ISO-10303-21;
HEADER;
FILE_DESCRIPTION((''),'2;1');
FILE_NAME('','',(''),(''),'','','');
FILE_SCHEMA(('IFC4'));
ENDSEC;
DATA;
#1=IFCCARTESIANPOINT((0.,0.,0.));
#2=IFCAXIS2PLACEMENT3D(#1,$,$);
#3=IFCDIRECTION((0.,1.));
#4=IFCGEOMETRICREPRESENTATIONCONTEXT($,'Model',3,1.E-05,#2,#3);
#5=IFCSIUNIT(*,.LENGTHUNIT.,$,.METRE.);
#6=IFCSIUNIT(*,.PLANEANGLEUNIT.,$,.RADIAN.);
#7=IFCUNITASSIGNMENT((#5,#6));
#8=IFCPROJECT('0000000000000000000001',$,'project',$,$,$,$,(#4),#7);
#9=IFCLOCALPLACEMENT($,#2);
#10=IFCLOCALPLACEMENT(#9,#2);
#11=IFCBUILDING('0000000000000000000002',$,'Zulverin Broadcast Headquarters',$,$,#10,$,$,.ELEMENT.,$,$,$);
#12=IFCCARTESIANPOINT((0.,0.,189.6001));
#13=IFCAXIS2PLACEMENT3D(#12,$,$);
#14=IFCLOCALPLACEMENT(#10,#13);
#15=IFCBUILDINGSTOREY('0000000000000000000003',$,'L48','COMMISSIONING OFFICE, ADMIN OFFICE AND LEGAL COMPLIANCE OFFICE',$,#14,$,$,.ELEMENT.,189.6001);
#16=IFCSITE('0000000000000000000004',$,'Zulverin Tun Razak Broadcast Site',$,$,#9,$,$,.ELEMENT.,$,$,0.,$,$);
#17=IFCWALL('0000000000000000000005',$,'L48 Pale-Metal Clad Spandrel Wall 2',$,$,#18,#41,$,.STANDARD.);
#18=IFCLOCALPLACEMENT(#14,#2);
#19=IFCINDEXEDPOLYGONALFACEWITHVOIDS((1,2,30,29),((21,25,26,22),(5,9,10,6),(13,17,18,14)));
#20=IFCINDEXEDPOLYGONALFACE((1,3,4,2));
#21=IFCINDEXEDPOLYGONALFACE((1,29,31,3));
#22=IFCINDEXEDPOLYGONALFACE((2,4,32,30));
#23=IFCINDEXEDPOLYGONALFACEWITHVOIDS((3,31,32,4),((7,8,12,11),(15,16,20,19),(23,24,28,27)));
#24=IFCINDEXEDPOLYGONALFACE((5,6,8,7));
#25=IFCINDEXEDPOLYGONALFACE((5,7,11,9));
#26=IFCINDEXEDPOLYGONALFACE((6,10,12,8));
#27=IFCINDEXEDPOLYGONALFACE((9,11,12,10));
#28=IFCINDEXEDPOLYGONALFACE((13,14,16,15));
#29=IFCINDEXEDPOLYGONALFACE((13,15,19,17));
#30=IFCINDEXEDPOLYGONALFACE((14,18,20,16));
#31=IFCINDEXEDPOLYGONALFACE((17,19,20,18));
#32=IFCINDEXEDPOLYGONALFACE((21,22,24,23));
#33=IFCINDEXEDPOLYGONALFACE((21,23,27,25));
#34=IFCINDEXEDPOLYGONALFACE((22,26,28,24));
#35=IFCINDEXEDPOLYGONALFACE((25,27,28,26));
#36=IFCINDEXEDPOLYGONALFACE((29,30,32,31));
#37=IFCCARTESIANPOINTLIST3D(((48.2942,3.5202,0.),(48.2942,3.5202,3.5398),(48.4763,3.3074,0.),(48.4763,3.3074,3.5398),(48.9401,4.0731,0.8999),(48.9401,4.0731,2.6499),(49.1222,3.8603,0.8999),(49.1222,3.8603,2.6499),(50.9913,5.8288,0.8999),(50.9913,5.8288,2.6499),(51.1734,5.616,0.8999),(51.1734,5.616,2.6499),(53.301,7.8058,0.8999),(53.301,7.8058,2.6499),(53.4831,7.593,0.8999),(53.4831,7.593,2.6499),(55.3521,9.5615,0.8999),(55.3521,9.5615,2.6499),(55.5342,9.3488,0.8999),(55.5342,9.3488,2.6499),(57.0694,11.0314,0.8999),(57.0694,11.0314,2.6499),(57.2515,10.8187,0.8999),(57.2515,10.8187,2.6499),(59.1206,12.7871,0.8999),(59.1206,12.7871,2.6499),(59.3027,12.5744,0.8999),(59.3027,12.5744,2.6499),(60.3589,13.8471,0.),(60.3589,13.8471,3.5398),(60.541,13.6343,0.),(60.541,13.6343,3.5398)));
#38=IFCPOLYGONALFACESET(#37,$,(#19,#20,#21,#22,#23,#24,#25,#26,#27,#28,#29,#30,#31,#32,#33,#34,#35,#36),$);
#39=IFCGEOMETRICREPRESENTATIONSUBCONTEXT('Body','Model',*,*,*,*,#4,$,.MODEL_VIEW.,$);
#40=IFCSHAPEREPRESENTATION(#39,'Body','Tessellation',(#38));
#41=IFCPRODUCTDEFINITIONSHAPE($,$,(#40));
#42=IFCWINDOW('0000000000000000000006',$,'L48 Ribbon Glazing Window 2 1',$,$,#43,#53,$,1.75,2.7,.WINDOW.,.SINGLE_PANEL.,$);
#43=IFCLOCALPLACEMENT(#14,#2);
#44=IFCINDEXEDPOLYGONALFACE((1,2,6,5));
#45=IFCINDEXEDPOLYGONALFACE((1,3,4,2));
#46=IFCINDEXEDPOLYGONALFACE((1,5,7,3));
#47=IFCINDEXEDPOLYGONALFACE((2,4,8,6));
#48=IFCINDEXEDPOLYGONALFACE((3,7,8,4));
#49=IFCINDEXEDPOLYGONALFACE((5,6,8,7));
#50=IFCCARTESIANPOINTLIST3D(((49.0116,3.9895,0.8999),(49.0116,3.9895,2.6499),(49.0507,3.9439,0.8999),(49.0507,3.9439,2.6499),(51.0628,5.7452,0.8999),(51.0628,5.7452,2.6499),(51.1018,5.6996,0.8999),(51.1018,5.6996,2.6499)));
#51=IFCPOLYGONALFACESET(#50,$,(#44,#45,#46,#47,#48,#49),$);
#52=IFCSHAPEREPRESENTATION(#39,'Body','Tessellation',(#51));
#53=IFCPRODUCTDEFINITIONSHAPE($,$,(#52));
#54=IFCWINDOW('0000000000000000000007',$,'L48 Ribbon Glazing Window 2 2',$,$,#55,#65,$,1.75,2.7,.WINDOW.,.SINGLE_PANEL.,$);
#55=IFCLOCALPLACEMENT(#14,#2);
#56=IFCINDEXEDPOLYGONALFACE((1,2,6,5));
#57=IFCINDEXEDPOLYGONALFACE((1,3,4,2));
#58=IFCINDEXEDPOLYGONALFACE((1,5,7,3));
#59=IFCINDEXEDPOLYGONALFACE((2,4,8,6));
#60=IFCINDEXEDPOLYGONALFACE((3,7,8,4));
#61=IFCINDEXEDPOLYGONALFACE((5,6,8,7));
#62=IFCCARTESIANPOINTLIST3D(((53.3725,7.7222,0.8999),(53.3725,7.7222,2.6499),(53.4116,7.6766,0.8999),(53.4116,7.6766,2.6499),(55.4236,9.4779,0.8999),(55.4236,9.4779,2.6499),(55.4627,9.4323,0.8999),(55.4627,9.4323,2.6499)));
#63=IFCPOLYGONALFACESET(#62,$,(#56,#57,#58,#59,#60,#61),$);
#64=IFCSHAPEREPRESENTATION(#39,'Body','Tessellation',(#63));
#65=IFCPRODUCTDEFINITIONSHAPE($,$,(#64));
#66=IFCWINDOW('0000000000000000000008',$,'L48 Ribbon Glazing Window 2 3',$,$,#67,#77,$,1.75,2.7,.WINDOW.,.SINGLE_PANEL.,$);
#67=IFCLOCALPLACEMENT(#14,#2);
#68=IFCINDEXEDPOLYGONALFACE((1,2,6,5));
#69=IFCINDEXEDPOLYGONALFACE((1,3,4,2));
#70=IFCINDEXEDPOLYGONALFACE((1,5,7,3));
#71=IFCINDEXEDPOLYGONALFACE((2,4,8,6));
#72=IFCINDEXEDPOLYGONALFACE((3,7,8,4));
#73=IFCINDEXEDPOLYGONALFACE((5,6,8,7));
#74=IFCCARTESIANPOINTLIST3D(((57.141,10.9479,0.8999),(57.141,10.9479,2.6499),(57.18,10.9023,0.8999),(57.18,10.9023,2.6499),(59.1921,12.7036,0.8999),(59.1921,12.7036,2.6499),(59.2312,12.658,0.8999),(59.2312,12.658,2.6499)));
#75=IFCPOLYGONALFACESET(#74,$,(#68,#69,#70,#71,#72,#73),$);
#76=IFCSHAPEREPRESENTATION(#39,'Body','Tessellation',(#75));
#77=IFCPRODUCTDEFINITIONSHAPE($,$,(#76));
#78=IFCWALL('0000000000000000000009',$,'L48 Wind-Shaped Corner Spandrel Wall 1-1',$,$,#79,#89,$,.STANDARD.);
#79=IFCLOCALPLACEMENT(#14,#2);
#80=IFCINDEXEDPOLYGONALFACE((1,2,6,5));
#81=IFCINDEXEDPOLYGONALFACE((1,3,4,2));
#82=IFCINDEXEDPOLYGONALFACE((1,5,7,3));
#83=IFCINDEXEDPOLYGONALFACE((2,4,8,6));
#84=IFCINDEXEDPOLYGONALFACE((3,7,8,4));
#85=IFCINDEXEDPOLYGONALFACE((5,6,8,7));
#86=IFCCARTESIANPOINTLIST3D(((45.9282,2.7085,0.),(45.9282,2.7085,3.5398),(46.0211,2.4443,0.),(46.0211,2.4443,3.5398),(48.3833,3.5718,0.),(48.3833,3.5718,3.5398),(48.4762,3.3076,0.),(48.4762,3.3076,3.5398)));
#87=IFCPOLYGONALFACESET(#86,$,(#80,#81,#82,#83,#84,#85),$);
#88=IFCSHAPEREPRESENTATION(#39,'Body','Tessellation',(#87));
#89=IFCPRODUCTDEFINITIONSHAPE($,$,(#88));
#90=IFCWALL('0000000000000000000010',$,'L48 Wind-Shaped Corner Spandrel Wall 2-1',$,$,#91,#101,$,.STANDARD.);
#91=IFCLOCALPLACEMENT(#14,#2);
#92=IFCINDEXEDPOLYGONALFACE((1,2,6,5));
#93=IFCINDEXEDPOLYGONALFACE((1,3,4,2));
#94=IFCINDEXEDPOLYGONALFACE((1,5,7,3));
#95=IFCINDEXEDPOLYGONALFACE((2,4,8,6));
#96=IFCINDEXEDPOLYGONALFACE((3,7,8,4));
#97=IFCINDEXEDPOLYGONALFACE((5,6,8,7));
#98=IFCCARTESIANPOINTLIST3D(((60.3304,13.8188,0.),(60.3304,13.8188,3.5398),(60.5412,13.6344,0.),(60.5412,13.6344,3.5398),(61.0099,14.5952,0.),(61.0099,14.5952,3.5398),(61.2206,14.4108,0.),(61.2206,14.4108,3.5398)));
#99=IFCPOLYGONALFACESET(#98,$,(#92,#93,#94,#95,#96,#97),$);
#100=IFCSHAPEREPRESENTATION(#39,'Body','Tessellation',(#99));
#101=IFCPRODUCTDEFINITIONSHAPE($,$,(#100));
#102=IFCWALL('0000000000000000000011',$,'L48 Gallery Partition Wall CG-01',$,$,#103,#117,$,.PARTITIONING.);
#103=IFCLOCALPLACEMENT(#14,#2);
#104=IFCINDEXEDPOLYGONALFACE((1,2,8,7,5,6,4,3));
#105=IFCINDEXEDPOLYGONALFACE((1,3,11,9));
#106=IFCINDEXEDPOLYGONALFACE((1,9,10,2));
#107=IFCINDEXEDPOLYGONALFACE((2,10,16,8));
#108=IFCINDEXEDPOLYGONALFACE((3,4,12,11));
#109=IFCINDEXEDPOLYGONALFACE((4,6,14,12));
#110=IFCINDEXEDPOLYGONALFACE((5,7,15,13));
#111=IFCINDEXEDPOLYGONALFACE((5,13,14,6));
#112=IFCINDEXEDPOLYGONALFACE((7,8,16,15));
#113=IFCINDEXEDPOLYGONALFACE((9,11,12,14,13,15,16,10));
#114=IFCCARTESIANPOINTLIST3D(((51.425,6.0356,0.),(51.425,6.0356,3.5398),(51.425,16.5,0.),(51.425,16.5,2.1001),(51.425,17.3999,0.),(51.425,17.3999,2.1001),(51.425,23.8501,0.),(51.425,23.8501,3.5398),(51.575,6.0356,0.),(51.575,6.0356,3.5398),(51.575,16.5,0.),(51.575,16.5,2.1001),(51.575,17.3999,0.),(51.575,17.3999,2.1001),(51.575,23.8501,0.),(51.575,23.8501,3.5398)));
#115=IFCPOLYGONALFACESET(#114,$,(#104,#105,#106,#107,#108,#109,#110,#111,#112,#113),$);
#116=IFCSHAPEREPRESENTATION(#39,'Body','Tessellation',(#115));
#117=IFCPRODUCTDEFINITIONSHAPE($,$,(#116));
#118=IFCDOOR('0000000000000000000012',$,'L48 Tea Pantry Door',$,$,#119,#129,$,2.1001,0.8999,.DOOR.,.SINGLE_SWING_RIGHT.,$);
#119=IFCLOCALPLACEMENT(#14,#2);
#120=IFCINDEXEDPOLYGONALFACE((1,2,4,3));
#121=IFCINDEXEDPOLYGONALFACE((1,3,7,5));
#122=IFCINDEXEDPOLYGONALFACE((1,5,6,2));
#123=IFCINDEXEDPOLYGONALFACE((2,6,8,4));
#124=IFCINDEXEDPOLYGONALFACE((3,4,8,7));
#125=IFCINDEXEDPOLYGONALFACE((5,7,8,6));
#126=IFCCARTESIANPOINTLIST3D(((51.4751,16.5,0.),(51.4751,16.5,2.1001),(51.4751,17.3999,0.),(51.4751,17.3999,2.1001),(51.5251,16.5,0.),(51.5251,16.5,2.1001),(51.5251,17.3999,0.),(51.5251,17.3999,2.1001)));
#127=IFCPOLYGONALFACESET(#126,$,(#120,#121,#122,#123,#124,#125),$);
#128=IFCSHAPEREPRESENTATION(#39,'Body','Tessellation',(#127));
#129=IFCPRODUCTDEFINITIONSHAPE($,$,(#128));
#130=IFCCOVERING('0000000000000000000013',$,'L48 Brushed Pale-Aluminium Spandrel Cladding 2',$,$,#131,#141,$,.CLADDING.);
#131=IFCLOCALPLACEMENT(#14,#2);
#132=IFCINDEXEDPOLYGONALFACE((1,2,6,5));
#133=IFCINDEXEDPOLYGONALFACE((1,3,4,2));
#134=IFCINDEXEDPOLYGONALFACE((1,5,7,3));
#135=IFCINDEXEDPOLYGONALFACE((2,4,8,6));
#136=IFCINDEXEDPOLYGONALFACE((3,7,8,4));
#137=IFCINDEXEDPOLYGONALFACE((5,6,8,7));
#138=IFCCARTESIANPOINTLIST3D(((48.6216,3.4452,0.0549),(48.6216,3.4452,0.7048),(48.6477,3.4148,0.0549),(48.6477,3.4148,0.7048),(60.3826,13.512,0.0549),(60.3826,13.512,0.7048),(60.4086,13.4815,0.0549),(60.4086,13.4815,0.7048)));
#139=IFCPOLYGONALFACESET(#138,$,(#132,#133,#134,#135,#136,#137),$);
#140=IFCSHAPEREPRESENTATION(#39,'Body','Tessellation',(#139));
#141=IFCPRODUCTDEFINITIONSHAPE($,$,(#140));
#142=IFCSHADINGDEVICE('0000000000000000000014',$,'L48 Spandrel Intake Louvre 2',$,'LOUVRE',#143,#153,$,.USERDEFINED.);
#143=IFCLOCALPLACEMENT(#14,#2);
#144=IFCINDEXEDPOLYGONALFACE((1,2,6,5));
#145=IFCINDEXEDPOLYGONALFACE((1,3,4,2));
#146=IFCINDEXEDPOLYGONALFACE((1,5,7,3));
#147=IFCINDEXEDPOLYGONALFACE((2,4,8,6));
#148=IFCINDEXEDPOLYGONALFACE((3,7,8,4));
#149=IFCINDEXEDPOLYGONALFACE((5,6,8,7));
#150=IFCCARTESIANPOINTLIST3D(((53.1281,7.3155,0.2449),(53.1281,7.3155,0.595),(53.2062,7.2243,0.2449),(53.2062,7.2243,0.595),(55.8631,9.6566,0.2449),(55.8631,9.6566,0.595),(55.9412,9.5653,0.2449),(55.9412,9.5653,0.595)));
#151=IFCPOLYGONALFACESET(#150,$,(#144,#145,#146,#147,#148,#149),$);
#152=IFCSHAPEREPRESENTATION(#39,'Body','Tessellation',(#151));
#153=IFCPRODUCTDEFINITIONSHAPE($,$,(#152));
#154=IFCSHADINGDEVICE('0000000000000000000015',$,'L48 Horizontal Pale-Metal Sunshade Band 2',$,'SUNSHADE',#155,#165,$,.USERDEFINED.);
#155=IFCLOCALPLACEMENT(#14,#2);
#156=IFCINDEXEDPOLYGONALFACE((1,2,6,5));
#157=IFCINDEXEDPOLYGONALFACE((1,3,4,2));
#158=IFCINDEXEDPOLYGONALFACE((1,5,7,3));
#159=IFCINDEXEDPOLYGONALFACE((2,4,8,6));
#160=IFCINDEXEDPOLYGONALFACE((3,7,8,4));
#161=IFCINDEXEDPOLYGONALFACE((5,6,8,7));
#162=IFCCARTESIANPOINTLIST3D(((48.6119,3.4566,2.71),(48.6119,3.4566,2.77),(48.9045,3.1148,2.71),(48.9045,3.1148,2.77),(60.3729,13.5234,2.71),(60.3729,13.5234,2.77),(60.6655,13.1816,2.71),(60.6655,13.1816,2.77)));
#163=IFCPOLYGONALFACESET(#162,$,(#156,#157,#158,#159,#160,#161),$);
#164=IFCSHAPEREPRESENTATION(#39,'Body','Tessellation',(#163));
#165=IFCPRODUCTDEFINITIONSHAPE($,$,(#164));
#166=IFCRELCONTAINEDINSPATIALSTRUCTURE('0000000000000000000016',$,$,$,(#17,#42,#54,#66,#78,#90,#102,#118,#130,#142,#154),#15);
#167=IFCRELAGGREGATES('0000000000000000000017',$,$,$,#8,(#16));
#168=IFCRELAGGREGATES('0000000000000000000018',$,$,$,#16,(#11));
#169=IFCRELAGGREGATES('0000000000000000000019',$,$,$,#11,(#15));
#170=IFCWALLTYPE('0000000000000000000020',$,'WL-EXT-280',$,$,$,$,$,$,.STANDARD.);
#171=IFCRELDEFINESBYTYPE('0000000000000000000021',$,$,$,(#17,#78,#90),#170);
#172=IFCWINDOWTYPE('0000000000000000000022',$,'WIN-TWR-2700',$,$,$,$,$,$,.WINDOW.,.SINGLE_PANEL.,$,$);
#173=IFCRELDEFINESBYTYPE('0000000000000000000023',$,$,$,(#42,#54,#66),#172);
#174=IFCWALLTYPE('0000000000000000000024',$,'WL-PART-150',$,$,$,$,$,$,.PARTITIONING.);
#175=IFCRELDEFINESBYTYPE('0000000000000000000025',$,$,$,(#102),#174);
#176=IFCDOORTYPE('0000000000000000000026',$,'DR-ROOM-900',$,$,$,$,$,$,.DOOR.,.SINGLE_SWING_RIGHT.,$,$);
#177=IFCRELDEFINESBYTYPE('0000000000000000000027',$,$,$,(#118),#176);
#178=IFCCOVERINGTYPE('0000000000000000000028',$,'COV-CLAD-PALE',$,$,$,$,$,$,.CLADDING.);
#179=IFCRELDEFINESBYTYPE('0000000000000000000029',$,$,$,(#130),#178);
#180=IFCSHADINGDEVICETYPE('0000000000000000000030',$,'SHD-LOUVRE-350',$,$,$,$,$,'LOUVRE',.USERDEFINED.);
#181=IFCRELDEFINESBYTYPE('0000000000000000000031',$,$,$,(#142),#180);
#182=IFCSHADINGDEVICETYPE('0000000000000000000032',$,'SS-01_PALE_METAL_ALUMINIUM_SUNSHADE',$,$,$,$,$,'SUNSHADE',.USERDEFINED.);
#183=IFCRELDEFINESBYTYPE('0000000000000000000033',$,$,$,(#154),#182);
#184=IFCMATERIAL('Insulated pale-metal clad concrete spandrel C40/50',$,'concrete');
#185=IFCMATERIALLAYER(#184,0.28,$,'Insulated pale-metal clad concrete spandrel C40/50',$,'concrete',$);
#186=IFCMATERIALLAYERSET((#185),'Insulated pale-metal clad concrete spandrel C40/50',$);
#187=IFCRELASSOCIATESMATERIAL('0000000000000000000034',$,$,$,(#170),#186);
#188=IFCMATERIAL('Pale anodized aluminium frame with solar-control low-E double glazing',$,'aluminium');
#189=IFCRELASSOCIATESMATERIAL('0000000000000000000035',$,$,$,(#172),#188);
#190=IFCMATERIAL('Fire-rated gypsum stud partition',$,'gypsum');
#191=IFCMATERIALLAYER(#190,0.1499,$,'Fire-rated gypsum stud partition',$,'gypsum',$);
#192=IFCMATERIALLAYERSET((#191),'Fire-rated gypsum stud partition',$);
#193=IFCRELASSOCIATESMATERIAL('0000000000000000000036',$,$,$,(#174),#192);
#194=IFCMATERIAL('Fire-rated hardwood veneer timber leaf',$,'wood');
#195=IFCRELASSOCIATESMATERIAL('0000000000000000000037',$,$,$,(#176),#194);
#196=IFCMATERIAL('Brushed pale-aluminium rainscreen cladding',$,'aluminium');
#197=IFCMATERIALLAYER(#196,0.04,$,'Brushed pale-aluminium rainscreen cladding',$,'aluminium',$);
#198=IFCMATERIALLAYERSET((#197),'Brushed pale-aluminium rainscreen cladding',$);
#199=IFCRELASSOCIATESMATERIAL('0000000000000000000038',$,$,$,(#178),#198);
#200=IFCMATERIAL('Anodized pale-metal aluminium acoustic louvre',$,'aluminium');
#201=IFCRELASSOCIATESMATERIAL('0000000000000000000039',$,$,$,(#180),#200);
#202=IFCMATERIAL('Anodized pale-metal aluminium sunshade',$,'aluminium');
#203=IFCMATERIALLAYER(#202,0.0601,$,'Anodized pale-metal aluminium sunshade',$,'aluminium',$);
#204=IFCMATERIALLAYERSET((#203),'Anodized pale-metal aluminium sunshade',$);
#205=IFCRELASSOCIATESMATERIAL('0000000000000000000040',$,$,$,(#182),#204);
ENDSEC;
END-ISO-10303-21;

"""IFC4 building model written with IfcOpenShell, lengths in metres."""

from ifc_helpers import new_model, si_unit, direction, frame, frame_2d, origin, origin_2d, place, context, subcontext, project, spatial, rectangle, extrude, material, layer, layer_set, type_object, element, fill, save


model = new_model("IFC4")

# Units and contexts
model_context = context("Model", 3, precision=1e-05, world=origin(), true_north=direction((0.0, 1.0)))
body_context = subcontext(model_context, "Body", "Model", "MODEL_VIEW")
ifc_project = project(units=[si_unit("LENGTHUNIT", "METRE"), si_unit("PLANEANGLEUNIT", "RADIAN")], contexts=[model_context])

# Site, building, storey
site_placement = place(None, origin())
site = spatial("IfcSite", under=ifc_project, at=site_placement, Name="Zulverin Tun Razak Broadcast Site", CompositionType="ELEMENT", RefElevation=0.0)
building_placement = place(site_placement, origin())
building = spatial("IfcBuilding", under=site, at=building_placement, Name="Zulverin Broadcast Headquarters", CompositionType="ELEMENT")
storey_placement = place(building_placement, frame((0.0, 0.0, 189.6001)))
storey = spatial("IfcBuildingStorey", under=building, at=storey_placement, Name="L48", Description="COMMISSIONING OFFICE, ADMIN OFFICE AND LEGAL COMPLIANCE OFFICE", CompositionType="ELEMENT", Elevation=189.6001)

# Wall, openings, windows
ifc_material_1 = material(Name="Insulated pale-metal clad concrete spandrel C40/50", Category="concrete")
ifc_layer_1 = layer(ifc_material_1, 0.28, Name="Insulated pale-metal clad concrete spandrel C40/50", Category="concrete")
ifc_layer_set_1 = layer_set([ifc_layer_1], Name="Insulated pale-metal clad concrete spandrel C40/50")
wall_type_1 = type_object("IfcWallType", Name="WL-EXT-280", PredefinedType="STANDARD", material=ifc_layer_set_1)
wall_1_placement = place(storey_placement, frame((48.3853, 3.4138, 0.0), z_axis=(0.0, 0.0, 1.0), x_axis=(0.7597, 0.650273, 0.0)))
wall_1 = element("IfcWall", 1, at=wall_1_placement, inside=storey, type_object=wall_type_1, Name="L48 Pale-Metal Clad Spandrel Wall 2", PredefinedType="STANDARD", context=body_context, shape_type="SweptSolid", body=[
    extrude(rectangle(XDim=15.8809, YDim=0.28, at=frame_2d((7.9404, 0.0))), origin(), (0.0, 0.0, 1.0), 3.5398),
])
opening_1_placement = place(wall_1_placement, frame((0.8501, 0.0, 0.8999)))
opening_1 = element("IfcOpeningElement", 2, at=opening_1_placement, cuts=wall_1, PredefinedType="OPENING", context=body_context, shape_type="SweptSolid", body=[
    extrude(rectangle(XDim=2.7, YDim=1.75, at=frame_2d((1.3501, 0.875))), frame((0.0, 0.1499, 0.0), z_axis=(0.0, -1.0, 0.0), x_axis=(1.0, 0.0, 0.0)), (0.0, 0.0, 1.0), 0.3),
])
opening_2_placement = place(wall_1_placement, frame((6.5903, 0.0, 0.8999)))
opening_2 = element("IfcOpeningElement", 3, at=opening_2_placement, cuts=wall_1, PredefinedType="OPENING", context=body_context, shape_type="SweptSolid", body=[
    extrude(rectangle(XDim=2.7, YDim=1.75, at=frame_2d((1.3501, 0.875))), frame((0.0, 0.1499, 0.0), z_axis=(0.0, -1.0, 0.0), x_axis=(1.0, 0.0, 0.0)), (0.0, 0.0, 1.0), 0.3),
])
opening_3_placement = place(wall_1_placement, frame((11.5508, 0.0, 0.8999)))
opening_3 = element("IfcOpeningElement", 4, at=opening_3_placement, cuts=wall_1, PredefinedType="OPENING", context=body_context, shape_type="SweptSolid", body=[
    extrude(rectangle(XDim=2.7, YDim=1.75, at=frame_2d((1.3501, 0.875))), frame((0.0, 0.1499, 0.0), z_axis=(0.0, -1.0, 0.0), x_axis=(1.0, 0.0, 0.0)), (0.0, 0.0, 1.0), 0.3),
])
ifc_material_2 = material(Name="Pale anodized aluminium frame with solar-control low-E double glazing", Category="aluminium")
window_type = type_object("IfcWindowType", Name="WIN-TWR-2700", PartitioningType="SINGLE_PANEL", PredefinedType="WINDOW", material=ifc_material_2)
window_1_placement = place(opening_1_placement, origin())
window_1 = element("IfcWindow", 5, at=window_1_placement, inside=storey, type_object=window_type, Name="L48 Ribbon Glazing Window 2 1", OverallHeight=1.75, OverallWidth=2.7, PartitioningType="SINGLE_PANEL", PredefinedType="WINDOW", context=body_context, shape_type="SweptSolid", body=[
    extrude(rectangle(XDim=2.7, YDim=1.75, at=frame_2d((1.3501, 0.875))), frame((0.0, 0.03, 0.0), z_axis=(0.0, -1.0, 0.0), x_axis=(1.0, 0.0, 0.0)), (0.0, 0.0, 1.0), 0.0601),
])
fill(opening_1, window_1)
window_2_placement = place(opening_2_placement, origin())
window_2 = element("IfcWindow", 6, at=window_2_placement, inside=storey, type_object=window_type, Name="L48 Ribbon Glazing Window 2 2", OverallHeight=1.75, OverallWidth=2.7, PartitioningType="SINGLE_PANEL", PredefinedType="WINDOW", context=body_context, shape_type="SweptSolid", body=[
    extrude(rectangle(XDim=2.7, YDim=1.75, at=frame_2d((1.3501, 0.875))), frame((0.0, 0.03, 0.0), z_axis=(0.0, -1.0, 0.0), x_axis=(1.0, 0.0, 0.0)), (0.0, 0.0, 1.0), 0.0601),
])
fill(opening_2, window_2)
window_3_placement = place(opening_3_placement, origin())
window_3 = element("IfcWindow", 7, at=window_3_placement, inside=storey, type_object=window_type, Name="L48 Ribbon Glazing Window 2 3", OverallHeight=1.75, OverallWidth=2.7, PartitioningType="SINGLE_PANEL", PredefinedType="WINDOW", context=body_context, shape_type="SweptSolid", body=[
    extrude(rectangle(XDim=2.7, YDim=1.75, at=frame_2d((1.3501, 0.875))), frame((0.0, 0.03, 0.0), z_axis=(0.0, -1.0, 0.0), x_axis=(1.0, 0.0, 0.0)), (0.0, 0.0, 1.0), 0.0601),
])
fill(opening_3, window_3)

# Walls
wall_2_placement = place(storey_placement, frame((45.9746, 2.5764, 0.0), z_axis=(0.0, 0.0, 1.0), x_axis=(0.943378, 0.331721, 0.0)))
element("IfcWall", 8, at=wall_2_placement, inside=storey, type_object=wall_type_1, Name="L48 Wind-Shaped Corner Spandrel Wall 1-1", PredefinedType="STANDARD", context=body_context, shape_type="SweptSolid", body=[
    extrude(rectangle(XDim=2.6025, YDim=0.28, at=frame_2d((1.3013, 0.0))), origin(), (0.0, 0.0, 1.0), 3.5398),
])
wall_3_placement = place(storey_placement, frame((60.4358, 13.7266, 0.0), z_axis=(0.0, 0.0, 1.0), x_axis=(0.658572, 0.752518, 0.0)))
element("IfcWall", 9, at=wall_3_placement, inside=storey, type_object=wall_type_1, Name="L48 Wind-Shaped Corner Spandrel Wall 2-1", PredefinedType="STANDARD", context=body_context, shape_type="SweptSolid", body=[
    extrude(rectangle(XDim=1.0317, YDim=0.28, at=frame_2d((0.5159, 0.0))), origin(), (0.0, 0.0, 1.0), 3.5398),
])

# Wall, opening, door
ifc_material_3 = material(Name="Fire-rated gypsum stud partition", Category="gypsum")
ifc_layer_2 = layer(ifc_material_3, 0.1499, Name="Fire-rated gypsum stud partition", Category="gypsum")
ifc_layer_set_2 = layer_set([ifc_layer_2], Name="Fire-rated gypsum stud partition")
wall_type_2 = type_object("IfcWallType", Name="WL-PART-150", PredefinedType="PARTITIONING", material=ifc_layer_set_2)
wall_4_placement = place(storey_placement, frame((51.5, 6.0356, 0.0), z_axis=(0.0, 0.0, 1.0), x_axis=(0.0, 1.0, 0.0)))
wall_4 = element("IfcWall", 10, at=wall_4_placement, inside=storey, type_object=wall_type_2, Name="L48 Gallery Partition Wall CG-01", PredefinedType="PARTITIONING", context=body_context, shape_type="SweptSolid", body=[
    extrude(rectangle(XDim=17.8145, YDim=0.1499, at=frame_2d((8.9072, 0.0))), origin(), (0.0, 0.0, 1.0), 3.5398),
])
opening_4_placement = place(wall_4_placement, frame((10.4644, 0.0, 0.0)))
opening_4 = element("IfcOpeningElement", 11, at=opening_4_placement, cuts=wall_4, PredefinedType="OPENING", context=body_context, shape_type="SweptSolid", body=[
    extrude(rectangle(XDim=0.8999, YDim=2.1001, at=frame_2d((0.45, 1.05))), frame((0.0, 0.085, 0.0), z_axis=(0.0, -1.0, 0.0), x_axis=(1.0, 0.0, 0.0)), (0.0, 0.0, 1.0), 0.1699),
])
ifc_material_4 = material(Name="Fire-rated hardwood veneer timber leaf", Category="wood")
door_type = type_object("IfcDoorType", Name="DR-ROOM-900", OperationType="SINGLE_SWING_RIGHT", PredefinedType="DOOR", material=ifc_material_4)
door_placement = place(opening_4_placement, origin())
door = element("IfcDoor", 12, at=door_placement, inside=storey, type_object=door_type, Name="L48 Tea Pantry Door", OperationType="SINGLE_SWING_RIGHT", OverallHeight=2.1001, OverallWidth=0.8999, PredefinedType="DOOR", context=body_context, shape_type="SweptSolid", body=[
    extrude(rectangle(XDim=0.8999, YDim=2.1001, at=frame_2d((0.45, 1.05))), frame((0.0, 0.0249, 0.0), z_axis=(0.0, -1.0, 0.0), x_axis=(1.0, 0.0, 0.0)), (0.0, 0.0, 1.0), 0.05),
])
fill(opening_4, door)

# Covering
ifc_material_5 = material(Name="Brushed pale-aluminium rainscreen cladding", Category="aluminium")
ifc_layer_3 = layer(ifc_material_5, 0.04, Name="Brushed pale-aluminium rainscreen cladding", Category="aluminium")
ifc_layer_set_3 = layer_set([ifc_layer_3], Name="Brushed pale-aluminium rainscreen cladding")
covering_type = type_object("IfcCoveringType", Name="COV-CLAD-PALE", PredefinedType="CLADDING", material=ifc_layer_set_3)
covering_placement = place(storey_placement, frame((54.5151, 8.4634, 0.0549), z_axis=(0.0, 0.0, 1.0), x_axis=(0.759706, 0.650267, 0.0)))
element("IfcCovering", 13, at=covering_placement, inside=storey, type_object=covering_type, Name="L48 Brushed Pale-Aluminium Spandrel Cladding 2", PredefinedType="CLADDING", context=body_context, shape_type="SweptSolid", body=[
    extrude(rectangle(XDim=15.481, YDim=0.04, at=origin_2d()), origin(), (0.0, 0.0, 1.0), 0.6499),
])

# Shading devices
ifc_material_6 = material(Name="Anodized pale-metal aluminium acoustic louvre", Category="aluminium")
shading_device_type_1 = type_object("IfcShadingDeviceType", Name="SHD-LOUVRE-350", ElementType="LOUVRE", PredefinedType="USERDEFINED", material=ifc_material_6)
shading_device_1_placement = place(storey_placement, frame((54.5347, 8.4404, 0.2449), z_axis=(0.0, 0.0, 1.0), x_axis=(0.759706, 0.650267, 0.0)))
element("IfcShadingDevice", 14, at=shading_device_1_placement, inside=storey, type_object=shading_device_type_1, Name="L48 Spandrel Intake Louvre 2", ObjectType="LOUVRE", PredefinedType="USERDEFINED", context=body_context, shape_type="SweptSolid", body=[
    extrude(rectangle(XDim=3.6001, YDim=0.1201, at=origin_2d()), origin(), (0.0, 0.0, 1.0), 0.3501),
])
ifc_material_7 = material(Name="Anodized pale-metal aluminium sunshade", Category="aluminium")
ifc_layer_4 = layer(ifc_material_7, 0.0601, Name="Anodized pale-metal aluminium sunshade", Category="aluminium")
ifc_layer_set_4 = layer_set([ifc_layer_4], Name="Anodized pale-metal aluminium sunshade")
shading_device_type_2 = type_object("IfcShadingDeviceType", Name="SS-01_PALE_METAL_ALUMINIUM_SUNSHADE", ElementType="SUNSHADE", PredefinedType="USERDEFINED", material=ifc_layer_set_4)
shading_device_2_placement = place(storey_placement, frame((54.6387, 8.3191, 2.71), z_axis=(0.0, 0.0, 1.0), x_axis=(0.759706, 0.650267, 0.0)))
element("IfcShadingDevice", 15, at=shading_device_2_placement, inside=storey, type_object=shading_device_type_2, Name="L48 Horizontal Pale-Metal Sunshade Band 2", ObjectType="SUNSHADE", PredefinedType="USERDEFINED", context=body_context, shape_type="SweptSolid", body=[
    extrude(rectangle(XDim=15.481, YDim=0.45, at=origin_2d()), origin(), (0.0, 0.0, 1.0), 0.0601),
])

save(model, "model.ifc")
